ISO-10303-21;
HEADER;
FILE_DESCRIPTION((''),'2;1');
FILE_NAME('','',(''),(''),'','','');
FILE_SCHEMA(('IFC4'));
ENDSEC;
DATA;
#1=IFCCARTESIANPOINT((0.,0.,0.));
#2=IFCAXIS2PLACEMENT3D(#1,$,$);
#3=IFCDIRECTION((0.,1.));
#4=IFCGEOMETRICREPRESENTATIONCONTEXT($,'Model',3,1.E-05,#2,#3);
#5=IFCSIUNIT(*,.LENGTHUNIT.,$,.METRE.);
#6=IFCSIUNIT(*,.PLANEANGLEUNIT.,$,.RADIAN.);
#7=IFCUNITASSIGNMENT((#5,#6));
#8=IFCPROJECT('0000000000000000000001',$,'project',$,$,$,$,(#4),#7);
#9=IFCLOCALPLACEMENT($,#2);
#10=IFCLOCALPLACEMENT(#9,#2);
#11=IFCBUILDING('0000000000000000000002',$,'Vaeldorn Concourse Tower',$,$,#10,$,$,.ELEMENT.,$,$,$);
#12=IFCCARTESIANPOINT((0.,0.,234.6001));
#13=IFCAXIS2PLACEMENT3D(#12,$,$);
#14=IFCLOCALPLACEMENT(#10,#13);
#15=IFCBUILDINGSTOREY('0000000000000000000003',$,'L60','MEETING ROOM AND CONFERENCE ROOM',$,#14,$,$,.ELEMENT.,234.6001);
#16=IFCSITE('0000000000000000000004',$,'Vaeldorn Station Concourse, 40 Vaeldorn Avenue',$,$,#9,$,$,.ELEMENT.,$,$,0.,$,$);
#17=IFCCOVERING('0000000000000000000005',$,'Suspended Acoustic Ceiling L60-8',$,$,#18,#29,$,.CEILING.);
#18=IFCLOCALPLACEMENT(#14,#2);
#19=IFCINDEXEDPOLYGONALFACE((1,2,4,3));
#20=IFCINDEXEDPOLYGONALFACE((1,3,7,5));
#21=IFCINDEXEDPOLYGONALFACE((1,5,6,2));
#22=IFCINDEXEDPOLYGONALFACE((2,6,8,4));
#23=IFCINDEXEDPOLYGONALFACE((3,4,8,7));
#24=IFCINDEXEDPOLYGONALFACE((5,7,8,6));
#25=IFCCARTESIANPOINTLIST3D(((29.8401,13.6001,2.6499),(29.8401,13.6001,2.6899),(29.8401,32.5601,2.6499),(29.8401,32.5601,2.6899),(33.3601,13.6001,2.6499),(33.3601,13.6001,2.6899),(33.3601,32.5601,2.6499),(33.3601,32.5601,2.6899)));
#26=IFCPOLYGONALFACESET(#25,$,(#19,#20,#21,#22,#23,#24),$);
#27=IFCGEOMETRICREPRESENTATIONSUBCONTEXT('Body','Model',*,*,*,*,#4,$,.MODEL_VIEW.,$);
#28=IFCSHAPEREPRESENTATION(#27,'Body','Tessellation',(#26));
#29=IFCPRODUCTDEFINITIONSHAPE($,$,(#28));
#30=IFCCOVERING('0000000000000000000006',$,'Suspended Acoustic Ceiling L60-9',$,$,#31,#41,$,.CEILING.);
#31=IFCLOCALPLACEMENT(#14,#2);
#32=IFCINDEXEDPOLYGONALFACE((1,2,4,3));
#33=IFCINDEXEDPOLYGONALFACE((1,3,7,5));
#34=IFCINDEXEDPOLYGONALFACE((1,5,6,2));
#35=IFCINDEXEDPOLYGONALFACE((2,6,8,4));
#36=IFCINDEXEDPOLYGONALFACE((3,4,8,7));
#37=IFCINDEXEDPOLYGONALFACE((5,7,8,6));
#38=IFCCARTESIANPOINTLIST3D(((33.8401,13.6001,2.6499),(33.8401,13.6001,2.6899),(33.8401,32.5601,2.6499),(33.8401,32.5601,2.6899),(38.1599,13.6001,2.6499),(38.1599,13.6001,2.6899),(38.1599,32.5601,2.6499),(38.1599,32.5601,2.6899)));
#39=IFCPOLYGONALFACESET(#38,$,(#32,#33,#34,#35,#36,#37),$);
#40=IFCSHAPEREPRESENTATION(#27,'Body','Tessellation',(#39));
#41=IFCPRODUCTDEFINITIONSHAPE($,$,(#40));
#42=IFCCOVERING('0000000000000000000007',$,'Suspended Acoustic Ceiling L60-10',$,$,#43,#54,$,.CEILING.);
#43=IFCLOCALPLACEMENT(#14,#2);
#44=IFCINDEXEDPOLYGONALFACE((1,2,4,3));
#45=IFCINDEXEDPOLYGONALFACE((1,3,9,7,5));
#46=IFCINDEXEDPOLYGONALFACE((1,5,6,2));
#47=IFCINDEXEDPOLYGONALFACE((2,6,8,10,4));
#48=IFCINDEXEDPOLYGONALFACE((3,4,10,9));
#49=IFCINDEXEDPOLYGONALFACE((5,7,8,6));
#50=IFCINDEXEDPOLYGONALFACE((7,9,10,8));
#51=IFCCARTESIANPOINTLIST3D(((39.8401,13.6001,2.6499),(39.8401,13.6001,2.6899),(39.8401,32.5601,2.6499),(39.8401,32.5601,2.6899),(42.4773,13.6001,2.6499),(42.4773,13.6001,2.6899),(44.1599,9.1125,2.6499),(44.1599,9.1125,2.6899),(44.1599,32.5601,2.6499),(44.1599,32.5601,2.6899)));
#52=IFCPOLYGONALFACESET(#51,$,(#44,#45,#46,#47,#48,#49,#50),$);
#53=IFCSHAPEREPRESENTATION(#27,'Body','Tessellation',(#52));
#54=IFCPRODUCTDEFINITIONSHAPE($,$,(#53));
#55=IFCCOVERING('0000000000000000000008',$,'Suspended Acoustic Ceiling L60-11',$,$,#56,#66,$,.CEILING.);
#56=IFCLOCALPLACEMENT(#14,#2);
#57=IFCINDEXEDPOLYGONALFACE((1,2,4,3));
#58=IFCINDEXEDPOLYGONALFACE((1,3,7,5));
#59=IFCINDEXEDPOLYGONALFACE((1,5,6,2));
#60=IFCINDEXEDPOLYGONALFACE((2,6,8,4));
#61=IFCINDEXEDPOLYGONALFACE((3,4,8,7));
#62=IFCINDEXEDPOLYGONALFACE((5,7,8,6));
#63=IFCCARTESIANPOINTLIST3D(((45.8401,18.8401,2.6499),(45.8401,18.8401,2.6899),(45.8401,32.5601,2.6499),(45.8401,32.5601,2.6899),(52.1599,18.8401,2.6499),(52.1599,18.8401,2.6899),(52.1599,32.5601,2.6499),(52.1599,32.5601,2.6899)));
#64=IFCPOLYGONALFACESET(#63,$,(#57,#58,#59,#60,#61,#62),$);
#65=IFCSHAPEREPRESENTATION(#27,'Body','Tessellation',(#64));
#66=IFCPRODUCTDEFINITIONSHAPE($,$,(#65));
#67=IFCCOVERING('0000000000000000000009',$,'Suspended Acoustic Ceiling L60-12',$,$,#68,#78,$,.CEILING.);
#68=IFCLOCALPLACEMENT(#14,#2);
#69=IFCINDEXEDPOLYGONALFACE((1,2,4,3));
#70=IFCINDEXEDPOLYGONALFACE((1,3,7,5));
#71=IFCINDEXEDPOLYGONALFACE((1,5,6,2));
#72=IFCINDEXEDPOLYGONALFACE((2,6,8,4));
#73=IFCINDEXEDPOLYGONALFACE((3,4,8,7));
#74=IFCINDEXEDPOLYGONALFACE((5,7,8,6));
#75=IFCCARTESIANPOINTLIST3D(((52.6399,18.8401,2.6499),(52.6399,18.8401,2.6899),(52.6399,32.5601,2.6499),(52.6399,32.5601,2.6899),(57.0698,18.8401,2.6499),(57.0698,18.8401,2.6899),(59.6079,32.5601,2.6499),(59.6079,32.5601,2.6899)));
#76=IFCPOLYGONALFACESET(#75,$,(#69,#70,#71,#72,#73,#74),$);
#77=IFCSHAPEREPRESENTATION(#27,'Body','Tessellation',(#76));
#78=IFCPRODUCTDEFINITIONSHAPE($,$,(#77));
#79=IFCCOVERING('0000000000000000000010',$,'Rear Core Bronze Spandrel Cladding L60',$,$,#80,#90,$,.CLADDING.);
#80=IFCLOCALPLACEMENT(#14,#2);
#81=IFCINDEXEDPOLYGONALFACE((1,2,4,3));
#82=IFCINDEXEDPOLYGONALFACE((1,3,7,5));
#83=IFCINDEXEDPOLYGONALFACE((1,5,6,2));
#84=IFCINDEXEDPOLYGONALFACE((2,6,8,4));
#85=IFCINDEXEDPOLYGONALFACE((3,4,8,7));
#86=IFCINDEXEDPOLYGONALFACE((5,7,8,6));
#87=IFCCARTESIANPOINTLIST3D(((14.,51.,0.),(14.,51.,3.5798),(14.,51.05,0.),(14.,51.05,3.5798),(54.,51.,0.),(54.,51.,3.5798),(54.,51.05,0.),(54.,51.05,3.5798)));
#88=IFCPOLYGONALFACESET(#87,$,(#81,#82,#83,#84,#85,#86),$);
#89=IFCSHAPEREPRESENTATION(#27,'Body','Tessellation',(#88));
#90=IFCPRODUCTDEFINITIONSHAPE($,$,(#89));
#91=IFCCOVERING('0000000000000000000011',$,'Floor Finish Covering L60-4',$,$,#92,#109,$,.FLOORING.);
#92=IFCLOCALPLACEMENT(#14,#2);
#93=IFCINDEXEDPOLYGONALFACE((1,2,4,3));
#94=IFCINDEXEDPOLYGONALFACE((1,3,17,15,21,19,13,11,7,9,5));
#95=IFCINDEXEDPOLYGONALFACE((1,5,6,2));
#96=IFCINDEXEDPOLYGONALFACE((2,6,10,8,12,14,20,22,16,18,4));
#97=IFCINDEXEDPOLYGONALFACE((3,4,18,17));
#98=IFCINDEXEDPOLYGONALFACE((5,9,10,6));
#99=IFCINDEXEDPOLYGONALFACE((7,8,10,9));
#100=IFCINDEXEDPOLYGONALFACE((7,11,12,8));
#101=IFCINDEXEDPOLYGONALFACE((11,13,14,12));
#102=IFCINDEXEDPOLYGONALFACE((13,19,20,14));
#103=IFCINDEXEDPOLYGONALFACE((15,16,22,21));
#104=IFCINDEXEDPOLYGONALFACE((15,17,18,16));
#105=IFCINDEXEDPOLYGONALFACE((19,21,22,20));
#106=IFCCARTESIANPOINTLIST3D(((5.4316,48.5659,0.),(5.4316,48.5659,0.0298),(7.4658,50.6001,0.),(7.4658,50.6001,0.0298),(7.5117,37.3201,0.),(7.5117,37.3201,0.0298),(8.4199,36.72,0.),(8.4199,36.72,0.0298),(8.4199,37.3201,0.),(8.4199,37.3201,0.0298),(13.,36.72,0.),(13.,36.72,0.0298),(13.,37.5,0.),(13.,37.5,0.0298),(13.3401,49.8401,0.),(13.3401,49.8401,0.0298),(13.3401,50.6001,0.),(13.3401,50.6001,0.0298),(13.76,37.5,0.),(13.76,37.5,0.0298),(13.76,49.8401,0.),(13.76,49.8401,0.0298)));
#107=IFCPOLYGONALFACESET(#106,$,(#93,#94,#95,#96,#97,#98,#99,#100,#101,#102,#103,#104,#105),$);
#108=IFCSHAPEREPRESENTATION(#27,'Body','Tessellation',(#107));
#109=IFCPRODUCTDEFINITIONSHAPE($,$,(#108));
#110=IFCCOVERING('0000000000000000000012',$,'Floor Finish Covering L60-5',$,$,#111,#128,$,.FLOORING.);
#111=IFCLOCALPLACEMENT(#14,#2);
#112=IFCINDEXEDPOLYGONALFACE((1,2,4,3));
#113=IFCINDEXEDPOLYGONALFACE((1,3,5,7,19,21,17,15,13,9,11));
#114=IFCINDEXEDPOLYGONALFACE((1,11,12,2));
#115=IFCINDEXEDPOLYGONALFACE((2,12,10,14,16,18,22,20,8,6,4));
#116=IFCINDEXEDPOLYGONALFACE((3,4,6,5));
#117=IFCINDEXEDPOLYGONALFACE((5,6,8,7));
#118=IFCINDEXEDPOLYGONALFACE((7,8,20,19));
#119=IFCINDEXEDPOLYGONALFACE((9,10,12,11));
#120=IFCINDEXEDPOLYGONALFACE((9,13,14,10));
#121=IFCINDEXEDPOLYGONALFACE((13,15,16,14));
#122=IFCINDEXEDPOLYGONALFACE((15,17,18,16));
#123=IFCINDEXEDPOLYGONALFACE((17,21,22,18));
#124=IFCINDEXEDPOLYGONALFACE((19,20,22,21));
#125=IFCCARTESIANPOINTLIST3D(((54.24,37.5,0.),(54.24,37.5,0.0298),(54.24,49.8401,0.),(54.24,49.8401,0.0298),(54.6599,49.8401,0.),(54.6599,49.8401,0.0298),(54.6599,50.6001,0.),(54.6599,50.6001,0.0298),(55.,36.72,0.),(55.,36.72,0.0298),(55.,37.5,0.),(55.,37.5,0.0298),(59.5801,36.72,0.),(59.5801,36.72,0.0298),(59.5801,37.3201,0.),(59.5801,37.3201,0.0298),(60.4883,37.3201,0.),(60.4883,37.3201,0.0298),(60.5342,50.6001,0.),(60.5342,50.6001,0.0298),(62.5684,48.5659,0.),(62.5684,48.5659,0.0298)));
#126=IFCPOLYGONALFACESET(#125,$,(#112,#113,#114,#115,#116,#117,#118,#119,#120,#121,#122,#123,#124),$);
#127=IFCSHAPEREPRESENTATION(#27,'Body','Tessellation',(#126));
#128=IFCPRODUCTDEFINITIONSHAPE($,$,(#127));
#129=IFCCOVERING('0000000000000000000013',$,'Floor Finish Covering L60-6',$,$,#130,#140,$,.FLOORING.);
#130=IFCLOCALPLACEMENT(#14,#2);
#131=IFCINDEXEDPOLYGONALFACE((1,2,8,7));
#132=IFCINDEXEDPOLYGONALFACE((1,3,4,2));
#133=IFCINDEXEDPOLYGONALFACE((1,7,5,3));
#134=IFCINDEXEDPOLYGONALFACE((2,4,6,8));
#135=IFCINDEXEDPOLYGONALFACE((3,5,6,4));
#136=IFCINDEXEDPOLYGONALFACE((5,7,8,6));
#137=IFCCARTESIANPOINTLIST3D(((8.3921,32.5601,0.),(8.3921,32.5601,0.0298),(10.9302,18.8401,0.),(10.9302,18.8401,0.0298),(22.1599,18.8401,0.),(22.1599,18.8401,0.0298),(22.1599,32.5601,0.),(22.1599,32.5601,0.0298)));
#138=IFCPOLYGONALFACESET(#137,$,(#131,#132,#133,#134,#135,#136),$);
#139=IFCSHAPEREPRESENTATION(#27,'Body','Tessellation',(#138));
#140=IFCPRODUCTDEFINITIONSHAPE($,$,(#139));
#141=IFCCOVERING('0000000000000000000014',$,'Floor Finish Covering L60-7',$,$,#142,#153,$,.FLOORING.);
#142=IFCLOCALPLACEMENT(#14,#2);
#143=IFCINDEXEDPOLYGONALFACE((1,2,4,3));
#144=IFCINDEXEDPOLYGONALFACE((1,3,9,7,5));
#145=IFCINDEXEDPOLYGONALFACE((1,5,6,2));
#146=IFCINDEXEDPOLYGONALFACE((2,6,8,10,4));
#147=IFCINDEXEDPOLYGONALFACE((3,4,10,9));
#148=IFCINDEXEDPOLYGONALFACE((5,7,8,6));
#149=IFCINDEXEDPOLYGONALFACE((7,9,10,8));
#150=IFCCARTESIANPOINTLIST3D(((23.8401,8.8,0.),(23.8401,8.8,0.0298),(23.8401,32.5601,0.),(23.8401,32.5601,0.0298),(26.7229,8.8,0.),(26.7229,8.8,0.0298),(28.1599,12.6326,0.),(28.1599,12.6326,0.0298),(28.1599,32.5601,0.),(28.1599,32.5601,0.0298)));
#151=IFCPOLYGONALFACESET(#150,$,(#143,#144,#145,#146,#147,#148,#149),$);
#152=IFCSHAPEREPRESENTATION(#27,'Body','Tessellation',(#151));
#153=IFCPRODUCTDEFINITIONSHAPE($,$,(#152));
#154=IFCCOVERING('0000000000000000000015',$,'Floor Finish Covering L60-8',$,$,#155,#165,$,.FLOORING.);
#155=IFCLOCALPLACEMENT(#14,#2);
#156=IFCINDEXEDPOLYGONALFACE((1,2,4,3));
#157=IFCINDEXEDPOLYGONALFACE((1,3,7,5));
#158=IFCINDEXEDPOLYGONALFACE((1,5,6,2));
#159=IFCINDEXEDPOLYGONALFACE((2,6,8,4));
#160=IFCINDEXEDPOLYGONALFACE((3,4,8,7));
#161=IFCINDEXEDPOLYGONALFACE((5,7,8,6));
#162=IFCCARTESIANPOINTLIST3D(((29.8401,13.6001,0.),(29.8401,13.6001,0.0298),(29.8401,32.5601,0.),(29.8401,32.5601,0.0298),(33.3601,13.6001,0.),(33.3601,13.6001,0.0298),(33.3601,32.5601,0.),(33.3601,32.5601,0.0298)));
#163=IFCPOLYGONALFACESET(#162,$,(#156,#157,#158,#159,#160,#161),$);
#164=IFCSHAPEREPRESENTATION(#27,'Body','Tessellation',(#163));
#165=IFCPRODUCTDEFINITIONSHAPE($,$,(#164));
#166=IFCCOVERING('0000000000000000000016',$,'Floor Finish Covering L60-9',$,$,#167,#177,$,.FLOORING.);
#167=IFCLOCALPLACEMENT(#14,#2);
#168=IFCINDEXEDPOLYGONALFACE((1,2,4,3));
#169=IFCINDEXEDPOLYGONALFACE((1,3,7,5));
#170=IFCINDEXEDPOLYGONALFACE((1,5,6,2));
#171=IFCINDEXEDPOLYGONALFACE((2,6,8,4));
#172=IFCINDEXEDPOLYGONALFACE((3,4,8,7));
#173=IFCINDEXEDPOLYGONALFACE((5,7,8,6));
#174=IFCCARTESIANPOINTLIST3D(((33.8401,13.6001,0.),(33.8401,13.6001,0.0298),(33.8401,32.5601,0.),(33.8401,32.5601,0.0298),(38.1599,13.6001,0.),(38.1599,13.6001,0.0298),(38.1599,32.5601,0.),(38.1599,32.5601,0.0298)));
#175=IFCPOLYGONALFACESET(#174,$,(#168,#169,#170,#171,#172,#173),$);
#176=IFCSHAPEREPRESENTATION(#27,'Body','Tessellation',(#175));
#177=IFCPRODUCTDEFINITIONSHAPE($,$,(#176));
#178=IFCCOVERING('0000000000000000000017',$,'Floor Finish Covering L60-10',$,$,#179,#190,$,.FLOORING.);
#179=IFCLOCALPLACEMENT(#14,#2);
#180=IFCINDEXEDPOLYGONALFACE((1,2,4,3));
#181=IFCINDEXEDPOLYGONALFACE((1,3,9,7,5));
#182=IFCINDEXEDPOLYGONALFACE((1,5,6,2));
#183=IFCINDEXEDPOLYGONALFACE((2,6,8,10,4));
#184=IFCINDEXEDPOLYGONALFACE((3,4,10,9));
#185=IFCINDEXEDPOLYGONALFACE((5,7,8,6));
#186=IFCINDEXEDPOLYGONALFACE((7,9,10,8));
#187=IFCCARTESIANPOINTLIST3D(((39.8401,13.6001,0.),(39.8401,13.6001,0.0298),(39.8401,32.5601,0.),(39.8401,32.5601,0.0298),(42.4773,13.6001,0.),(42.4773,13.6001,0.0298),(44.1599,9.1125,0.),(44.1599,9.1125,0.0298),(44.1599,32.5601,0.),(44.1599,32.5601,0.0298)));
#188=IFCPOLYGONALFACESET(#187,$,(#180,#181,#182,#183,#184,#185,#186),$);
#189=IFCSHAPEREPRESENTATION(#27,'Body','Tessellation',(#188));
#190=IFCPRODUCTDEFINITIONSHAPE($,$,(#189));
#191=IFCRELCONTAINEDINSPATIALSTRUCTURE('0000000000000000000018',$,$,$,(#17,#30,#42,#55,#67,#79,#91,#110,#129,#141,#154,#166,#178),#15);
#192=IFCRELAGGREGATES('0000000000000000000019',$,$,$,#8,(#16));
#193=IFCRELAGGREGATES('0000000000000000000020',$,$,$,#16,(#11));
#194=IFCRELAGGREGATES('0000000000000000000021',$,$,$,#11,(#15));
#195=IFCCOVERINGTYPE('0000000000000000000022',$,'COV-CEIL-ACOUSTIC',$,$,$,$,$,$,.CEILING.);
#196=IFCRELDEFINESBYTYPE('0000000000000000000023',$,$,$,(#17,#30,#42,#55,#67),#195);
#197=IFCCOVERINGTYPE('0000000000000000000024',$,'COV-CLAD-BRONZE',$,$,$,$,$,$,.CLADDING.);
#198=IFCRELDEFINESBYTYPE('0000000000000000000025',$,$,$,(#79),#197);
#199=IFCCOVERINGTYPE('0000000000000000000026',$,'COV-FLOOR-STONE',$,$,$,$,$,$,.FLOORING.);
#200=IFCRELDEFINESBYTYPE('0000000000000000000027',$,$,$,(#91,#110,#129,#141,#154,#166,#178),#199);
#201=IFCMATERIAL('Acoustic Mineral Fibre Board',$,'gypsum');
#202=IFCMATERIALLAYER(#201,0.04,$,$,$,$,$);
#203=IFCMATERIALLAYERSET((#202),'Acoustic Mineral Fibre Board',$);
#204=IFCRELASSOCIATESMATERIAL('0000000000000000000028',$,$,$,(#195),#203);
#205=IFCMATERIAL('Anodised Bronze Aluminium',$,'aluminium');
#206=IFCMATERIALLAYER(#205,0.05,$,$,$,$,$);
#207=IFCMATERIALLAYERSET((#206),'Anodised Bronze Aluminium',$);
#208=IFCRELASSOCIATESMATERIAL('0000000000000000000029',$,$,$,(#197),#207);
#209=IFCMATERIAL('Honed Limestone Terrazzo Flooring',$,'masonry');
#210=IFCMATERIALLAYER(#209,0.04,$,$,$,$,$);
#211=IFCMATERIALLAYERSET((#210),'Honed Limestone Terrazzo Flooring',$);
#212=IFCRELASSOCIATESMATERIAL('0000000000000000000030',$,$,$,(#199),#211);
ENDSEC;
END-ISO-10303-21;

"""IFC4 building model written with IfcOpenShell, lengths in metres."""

from ifc_helpers import new_model, si_unit, direction, frame, origin, place, context, subcontext, project, spatial, polyline, outline, extrude, material, layer, layer_set, type_object, element, save


model = new_model("IFC4")

# Units and contexts
model_context = context("Model", 3, precision=1e-05, world=origin(), true_north=direction((0.0, 1.0)))
body_context = subcontext(model_context, "Body", "Model", "MODEL_VIEW")
ifc_project = project(units=[si_unit("LENGTHUNIT", "METRE"), si_unit("PLANEANGLEUNIT", "RADIAN")], contexts=[model_context])

# Site, building, storey
site_placement = place(None, origin())
site = spatial("IfcSite", under=ifc_project, at=site_placement, Name="Vaeldorn Station Concourse, 40 Vaeldorn Avenue", CompositionType="ELEMENT", RefElevation=0.0)
building_placement = place(site_placement, origin())
building = spatial("IfcBuilding", under=site, at=building_placement, Name="Vaeldorn Concourse Tower", CompositionType="ELEMENT")
storey_placement = place(building_placement, frame((0.0, 0.0, 234.6001)))
storey = spatial("IfcBuildingStorey", under=building, at=storey_placement, Name="L60", Description="MEETING ROOM AND CONFERENCE ROOM", CompositionType="ELEMENT", Elevation=234.6001)

# Shared definitions
ifc_material_1 = material(Name="Anodised Bronze Aluminium", Category="aluminium")

# Coverings
ifc_material_2 = material(Name="Acoustic Mineral Fibre Board", Category="gypsum")
ifc_layer_1 = layer(ifc_material_2, 0.04)
ifc_layer_set_1 = layer_set([ifc_layer_1], Name="Acoustic Mineral Fibre Board")
covering_type_1 = type_object("IfcCoveringType", Name="COV-CEIL-ACOUSTIC", PredefinedType="CEILING", material=ifc_layer_set_1)
covering_1_placement = place(storey_placement, frame((0.0, 0.0, 2.6499)))
element("IfcCovering", 1, at=covering_1_placement, inside=storey, type_object=covering_type_1, Name="Suspended Acoustic Ceiling L60-8", PredefinedType="CEILING", context=body_context, shape_type="SweptSolid", body=[
    extrude(outline(polyline([(29.8401, 32.5601), (33.3601, 32.5601), (33.3601, 13.6001), (29.8401, 13.6001), (29.8401, 32.5601)])), origin(), (0.0, 0.0, 1.0), 0.04),
])
covering_2_placement = place(storey_placement, frame((0.0, 0.0, 2.6499)))
element("IfcCovering", 2, at=covering_2_placement, inside=storey, type_object=covering_type_1, Name="Suspended Acoustic Ceiling L60-9", PredefinedType="CEILING", context=body_context, shape_type="SweptSolid", body=[
    extrude(outline(polyline([(33.8401, 32.5601), (38.1599, 32.5601), (38.1599, 13.6001), (33.8401, 13.6001), (33.8401, 32.5601)])), origin(), (0.0, 0.0, 1.0), 0.04),
])
covering_3_placement = place(storey_placement, frame((0.0, 0.0, 2.6499)))
element("IfcCovering", 3, at=covering_3_placement, inside=storey, type_object=covering_type_1, Name="Suspended Acoustic Ceiling L60-10", PredefinedType="CEILING", context=body_context, shape_type="SweptSolid", body=[
    extrude(outline(polyline([(39.8401, 13.6001), (39.8401, 32.5601), (44.1599, 32.5601), (44.1599, 9.1125), (42.4773, 13.6001), (39.8401, 13.6001)])), origin(), (0.0, 0.0, 1.0), 0.04),
])
covering_4_placement = place(storey_placement, frame((0.0, 0.0, 2.6499)))
element("IfcCovering", 4, at=covering_4_placement, inside=storey, type_object=covering_type_1, Name="Suspended Acoustic Ceiling L60-11", PredefinedType="CEILING", context=body_context, shape_type="SweptSolid", body=[
    extrude(outline(polyline([(45.8401, 32.5601), (52.1599, 32.5601), (52.1599, 18.8401), (45.8401, 18.8401), (45.8401, 32.5601)])), origin(), (0.0, 0.0, 1.0), 0.04),
])
covering_5_placement = place(storey_placement, frame((0.0, 0.0, 2.6499)))
element("IfcCovering", 5, at=covering_5_placement, inside=storey, type_object=covering_type_1, Name="Suspended Acoustic Ceiling L60-12", PredefinedType="CEILING", context=body_context, shape_type="SweptSolid", body=[
    extrude(outline(polyline([(52.6399, 18.8401), (52.6399, 32.5601), (59.6079, 32.5601), (57.0698, 18.8401), (52.6399, 18.8401)])), origin(), (0.0, 0.0, 1.0), 0.04),
])
ifc_layer_2 = layer(ifc_material_1, 0.05)
ifc_layer_set_2 = layer_set([ifc_layer_2], Name="Anodised Bronze Aluminium")
covering_type_2 = type_object("IfcCoveringType", Name="COV-CLAD-BRONZE", PredefinedType="CLADDING", material=ifc_layer_set_2)
covering_6_placement = place(storey_placement, origin())
element("IfcCovering", 6, at=covering_6_placement, inside=storey, type_object=covering_type_2, Name="Rear Core Bronze Spandrel Cladding L60", PredefinedType="CLADDING", context=body_context, shape_type="SweptSolid", body=[
    extrude(outline(polyline([(14.0, 51.0), (54.0, 51.0), (54.0, 51.05), (14.0, 51.05), (14.0, 51.0)])), origin(), (0.0, 0.0, 1.0), 3.5798),
])
ifc_material_3 = material(Name="Honed Limestone Terrazzo Flooring", Category="masonry")
ifc_layer_3 = layer(ifc_material_3, 0.04)
ifc_layer_set_3 = layer_set([ifc_layer_3], Name="Honed Limestone Terrazzo Flooring")
covering_type_3 = type_object("IfcCoveringType", Name="COV-FLOOR-STONE", PredefinedType="FLOORING", material=ifc_layer_set_3)
covering_7_placement = place(storey_placement, origin())
element("IfcCovering", 7, at=covering_7_placement, inside=storey, type_object=covering_type_3, Name="Floor Finish Covering L60-4", PredefinedType="FLOORING", context=body_context, shape_type="SweptSolid", body=[
    extrude(outline(polyline([(13.3401, 50.6001), (13.3401, 49.8401), (13.76, 49.8401), (13.76, 37.5), (13.0, 37.5), (13.0, 36.72), (8.4199, 36.72), (8.4199, 37.3201), (7.5117, 37.3201), (5.4316, 48.5659), (7.4658, 50.6001), (13.3401, 50.6001)])), origin(), (0.0, 0.0, 1.0), 0.0298),
])
covering_8_placement = place(storey_placement, origin())
element("IfcCovering", 8, at=covering_8_placement, inside=storey, type_object=covering_type_3, Name="Floor Finish Covering L60-5", PredefinedType="FLOORING", context=body_context, shape_type="SweptSolid", body=[
    extrude(outline(polyline([(54.6599, 49.8401), (54.6599, 50.6001), (60.5342, 50.6001), (62.5684, 48.5659), (60.4883, 37.3201), (59.5801, 37.3201), (59.5801, 36.72), (55.0, 36.72), (55.0, 37.5), (54.24, 37.5), (54.24, 49.8401), (54.6599, 49.8401)])), origin(), (0.0, 0.0, 1.0), 0.0298),
])
covering_9_placement = place(storey_placement, origin())
element("IfcCovering", 9, at=covering_9_placement, inside=storey, type_object=covering_type_3, Name="Floor Finish Covering L60-6", PredefinedType="FLOORING", context=body_context, shape_type="SweptSolid", body=[
    extrude(outline(polyline([(22.1599, 32.5601), (22.1599, 18.8401), (10.9302, 18.8401), (8.3921, 32.5601), (22.1599, 32.5601)])), origin(), (0.0, 0.0, 1.0), 0.0298),
])
covering_10_placement = place(storey_placement, origin())
element("IfcCovering", 10, at=covering_10_placement, inside=storey, type_object=covering_type_3, Name="Floor Finish Covering L60-7", PredefinedType="FLOORING", context=body_context, shape_type="SweptSolid", body=[
    extrude(outline(polyline([(23.8401, 8.8), (23.8401, 32.5601), (28.1599, 32.5601), (28.1599, 12.6326), (26.7229, 8.8), (23.8401, 8.8)])), origin(), (0.0, 0.0, 1.0), 0.0298),
])
covering_11_placement = place(storey_placement, origin())
element("IfcCovering", 11, at=covering_11_placement, inside=storey, type_object=covering_type_3, Name="Floor Finish Covering L60-8", PredefinedType="FLOORING", context=body_context, shape_type="SweptSolid", body=[
    extrude(outline(polyline([(29.8401, 32.5601), (33.3601, 32.5601), (33.3601, 13.6001), (29.8401, 13.6001), (29.8401, 32.5601)])), origin(), (0.0, 0.0, 1.0), 0.0298),
])
covering_12_placement = place(storey_placement, origin())
element("IfcCovering", 12, at=covering_12_placement, inside=storey, type_object=covering_type_3, Name="Floor Finish Covering L60-9", PredefinedType="FLOORING", context=body_context, shape_type="SweptSolid", body=[
    extrude(outline(polyline([(33.8401, 32.5601), (38.1599, 32.5601), (38.1599, 13.6001), (33.8401, 13.6001), (33.8401, 32.5601)])), origin(), (0.0, 0.0, 1.0), 0.0298),
])
covering_13_placement = place(storey_placement, origin())
element("IfcCovering", 13, at=covering_13_placement, inside=storey, type_object=covering_type_3, Name="Floor Finish Covering L60-10", PredefinedType="FLOORING", context=body_context, shape_type="SweptSolid", body=[
    extrude(outline(polyline([(39.8401, 13.6001), (39.8401, 32.5601), (44.1599, 32.5601), (44.1599, 9.1125), (42.4773, 13.6001), (39.8401, 13.6001)])), origin(), (0.0, 0.0, 1.0), 0.0298),
])

save(model, "model.ifc")
